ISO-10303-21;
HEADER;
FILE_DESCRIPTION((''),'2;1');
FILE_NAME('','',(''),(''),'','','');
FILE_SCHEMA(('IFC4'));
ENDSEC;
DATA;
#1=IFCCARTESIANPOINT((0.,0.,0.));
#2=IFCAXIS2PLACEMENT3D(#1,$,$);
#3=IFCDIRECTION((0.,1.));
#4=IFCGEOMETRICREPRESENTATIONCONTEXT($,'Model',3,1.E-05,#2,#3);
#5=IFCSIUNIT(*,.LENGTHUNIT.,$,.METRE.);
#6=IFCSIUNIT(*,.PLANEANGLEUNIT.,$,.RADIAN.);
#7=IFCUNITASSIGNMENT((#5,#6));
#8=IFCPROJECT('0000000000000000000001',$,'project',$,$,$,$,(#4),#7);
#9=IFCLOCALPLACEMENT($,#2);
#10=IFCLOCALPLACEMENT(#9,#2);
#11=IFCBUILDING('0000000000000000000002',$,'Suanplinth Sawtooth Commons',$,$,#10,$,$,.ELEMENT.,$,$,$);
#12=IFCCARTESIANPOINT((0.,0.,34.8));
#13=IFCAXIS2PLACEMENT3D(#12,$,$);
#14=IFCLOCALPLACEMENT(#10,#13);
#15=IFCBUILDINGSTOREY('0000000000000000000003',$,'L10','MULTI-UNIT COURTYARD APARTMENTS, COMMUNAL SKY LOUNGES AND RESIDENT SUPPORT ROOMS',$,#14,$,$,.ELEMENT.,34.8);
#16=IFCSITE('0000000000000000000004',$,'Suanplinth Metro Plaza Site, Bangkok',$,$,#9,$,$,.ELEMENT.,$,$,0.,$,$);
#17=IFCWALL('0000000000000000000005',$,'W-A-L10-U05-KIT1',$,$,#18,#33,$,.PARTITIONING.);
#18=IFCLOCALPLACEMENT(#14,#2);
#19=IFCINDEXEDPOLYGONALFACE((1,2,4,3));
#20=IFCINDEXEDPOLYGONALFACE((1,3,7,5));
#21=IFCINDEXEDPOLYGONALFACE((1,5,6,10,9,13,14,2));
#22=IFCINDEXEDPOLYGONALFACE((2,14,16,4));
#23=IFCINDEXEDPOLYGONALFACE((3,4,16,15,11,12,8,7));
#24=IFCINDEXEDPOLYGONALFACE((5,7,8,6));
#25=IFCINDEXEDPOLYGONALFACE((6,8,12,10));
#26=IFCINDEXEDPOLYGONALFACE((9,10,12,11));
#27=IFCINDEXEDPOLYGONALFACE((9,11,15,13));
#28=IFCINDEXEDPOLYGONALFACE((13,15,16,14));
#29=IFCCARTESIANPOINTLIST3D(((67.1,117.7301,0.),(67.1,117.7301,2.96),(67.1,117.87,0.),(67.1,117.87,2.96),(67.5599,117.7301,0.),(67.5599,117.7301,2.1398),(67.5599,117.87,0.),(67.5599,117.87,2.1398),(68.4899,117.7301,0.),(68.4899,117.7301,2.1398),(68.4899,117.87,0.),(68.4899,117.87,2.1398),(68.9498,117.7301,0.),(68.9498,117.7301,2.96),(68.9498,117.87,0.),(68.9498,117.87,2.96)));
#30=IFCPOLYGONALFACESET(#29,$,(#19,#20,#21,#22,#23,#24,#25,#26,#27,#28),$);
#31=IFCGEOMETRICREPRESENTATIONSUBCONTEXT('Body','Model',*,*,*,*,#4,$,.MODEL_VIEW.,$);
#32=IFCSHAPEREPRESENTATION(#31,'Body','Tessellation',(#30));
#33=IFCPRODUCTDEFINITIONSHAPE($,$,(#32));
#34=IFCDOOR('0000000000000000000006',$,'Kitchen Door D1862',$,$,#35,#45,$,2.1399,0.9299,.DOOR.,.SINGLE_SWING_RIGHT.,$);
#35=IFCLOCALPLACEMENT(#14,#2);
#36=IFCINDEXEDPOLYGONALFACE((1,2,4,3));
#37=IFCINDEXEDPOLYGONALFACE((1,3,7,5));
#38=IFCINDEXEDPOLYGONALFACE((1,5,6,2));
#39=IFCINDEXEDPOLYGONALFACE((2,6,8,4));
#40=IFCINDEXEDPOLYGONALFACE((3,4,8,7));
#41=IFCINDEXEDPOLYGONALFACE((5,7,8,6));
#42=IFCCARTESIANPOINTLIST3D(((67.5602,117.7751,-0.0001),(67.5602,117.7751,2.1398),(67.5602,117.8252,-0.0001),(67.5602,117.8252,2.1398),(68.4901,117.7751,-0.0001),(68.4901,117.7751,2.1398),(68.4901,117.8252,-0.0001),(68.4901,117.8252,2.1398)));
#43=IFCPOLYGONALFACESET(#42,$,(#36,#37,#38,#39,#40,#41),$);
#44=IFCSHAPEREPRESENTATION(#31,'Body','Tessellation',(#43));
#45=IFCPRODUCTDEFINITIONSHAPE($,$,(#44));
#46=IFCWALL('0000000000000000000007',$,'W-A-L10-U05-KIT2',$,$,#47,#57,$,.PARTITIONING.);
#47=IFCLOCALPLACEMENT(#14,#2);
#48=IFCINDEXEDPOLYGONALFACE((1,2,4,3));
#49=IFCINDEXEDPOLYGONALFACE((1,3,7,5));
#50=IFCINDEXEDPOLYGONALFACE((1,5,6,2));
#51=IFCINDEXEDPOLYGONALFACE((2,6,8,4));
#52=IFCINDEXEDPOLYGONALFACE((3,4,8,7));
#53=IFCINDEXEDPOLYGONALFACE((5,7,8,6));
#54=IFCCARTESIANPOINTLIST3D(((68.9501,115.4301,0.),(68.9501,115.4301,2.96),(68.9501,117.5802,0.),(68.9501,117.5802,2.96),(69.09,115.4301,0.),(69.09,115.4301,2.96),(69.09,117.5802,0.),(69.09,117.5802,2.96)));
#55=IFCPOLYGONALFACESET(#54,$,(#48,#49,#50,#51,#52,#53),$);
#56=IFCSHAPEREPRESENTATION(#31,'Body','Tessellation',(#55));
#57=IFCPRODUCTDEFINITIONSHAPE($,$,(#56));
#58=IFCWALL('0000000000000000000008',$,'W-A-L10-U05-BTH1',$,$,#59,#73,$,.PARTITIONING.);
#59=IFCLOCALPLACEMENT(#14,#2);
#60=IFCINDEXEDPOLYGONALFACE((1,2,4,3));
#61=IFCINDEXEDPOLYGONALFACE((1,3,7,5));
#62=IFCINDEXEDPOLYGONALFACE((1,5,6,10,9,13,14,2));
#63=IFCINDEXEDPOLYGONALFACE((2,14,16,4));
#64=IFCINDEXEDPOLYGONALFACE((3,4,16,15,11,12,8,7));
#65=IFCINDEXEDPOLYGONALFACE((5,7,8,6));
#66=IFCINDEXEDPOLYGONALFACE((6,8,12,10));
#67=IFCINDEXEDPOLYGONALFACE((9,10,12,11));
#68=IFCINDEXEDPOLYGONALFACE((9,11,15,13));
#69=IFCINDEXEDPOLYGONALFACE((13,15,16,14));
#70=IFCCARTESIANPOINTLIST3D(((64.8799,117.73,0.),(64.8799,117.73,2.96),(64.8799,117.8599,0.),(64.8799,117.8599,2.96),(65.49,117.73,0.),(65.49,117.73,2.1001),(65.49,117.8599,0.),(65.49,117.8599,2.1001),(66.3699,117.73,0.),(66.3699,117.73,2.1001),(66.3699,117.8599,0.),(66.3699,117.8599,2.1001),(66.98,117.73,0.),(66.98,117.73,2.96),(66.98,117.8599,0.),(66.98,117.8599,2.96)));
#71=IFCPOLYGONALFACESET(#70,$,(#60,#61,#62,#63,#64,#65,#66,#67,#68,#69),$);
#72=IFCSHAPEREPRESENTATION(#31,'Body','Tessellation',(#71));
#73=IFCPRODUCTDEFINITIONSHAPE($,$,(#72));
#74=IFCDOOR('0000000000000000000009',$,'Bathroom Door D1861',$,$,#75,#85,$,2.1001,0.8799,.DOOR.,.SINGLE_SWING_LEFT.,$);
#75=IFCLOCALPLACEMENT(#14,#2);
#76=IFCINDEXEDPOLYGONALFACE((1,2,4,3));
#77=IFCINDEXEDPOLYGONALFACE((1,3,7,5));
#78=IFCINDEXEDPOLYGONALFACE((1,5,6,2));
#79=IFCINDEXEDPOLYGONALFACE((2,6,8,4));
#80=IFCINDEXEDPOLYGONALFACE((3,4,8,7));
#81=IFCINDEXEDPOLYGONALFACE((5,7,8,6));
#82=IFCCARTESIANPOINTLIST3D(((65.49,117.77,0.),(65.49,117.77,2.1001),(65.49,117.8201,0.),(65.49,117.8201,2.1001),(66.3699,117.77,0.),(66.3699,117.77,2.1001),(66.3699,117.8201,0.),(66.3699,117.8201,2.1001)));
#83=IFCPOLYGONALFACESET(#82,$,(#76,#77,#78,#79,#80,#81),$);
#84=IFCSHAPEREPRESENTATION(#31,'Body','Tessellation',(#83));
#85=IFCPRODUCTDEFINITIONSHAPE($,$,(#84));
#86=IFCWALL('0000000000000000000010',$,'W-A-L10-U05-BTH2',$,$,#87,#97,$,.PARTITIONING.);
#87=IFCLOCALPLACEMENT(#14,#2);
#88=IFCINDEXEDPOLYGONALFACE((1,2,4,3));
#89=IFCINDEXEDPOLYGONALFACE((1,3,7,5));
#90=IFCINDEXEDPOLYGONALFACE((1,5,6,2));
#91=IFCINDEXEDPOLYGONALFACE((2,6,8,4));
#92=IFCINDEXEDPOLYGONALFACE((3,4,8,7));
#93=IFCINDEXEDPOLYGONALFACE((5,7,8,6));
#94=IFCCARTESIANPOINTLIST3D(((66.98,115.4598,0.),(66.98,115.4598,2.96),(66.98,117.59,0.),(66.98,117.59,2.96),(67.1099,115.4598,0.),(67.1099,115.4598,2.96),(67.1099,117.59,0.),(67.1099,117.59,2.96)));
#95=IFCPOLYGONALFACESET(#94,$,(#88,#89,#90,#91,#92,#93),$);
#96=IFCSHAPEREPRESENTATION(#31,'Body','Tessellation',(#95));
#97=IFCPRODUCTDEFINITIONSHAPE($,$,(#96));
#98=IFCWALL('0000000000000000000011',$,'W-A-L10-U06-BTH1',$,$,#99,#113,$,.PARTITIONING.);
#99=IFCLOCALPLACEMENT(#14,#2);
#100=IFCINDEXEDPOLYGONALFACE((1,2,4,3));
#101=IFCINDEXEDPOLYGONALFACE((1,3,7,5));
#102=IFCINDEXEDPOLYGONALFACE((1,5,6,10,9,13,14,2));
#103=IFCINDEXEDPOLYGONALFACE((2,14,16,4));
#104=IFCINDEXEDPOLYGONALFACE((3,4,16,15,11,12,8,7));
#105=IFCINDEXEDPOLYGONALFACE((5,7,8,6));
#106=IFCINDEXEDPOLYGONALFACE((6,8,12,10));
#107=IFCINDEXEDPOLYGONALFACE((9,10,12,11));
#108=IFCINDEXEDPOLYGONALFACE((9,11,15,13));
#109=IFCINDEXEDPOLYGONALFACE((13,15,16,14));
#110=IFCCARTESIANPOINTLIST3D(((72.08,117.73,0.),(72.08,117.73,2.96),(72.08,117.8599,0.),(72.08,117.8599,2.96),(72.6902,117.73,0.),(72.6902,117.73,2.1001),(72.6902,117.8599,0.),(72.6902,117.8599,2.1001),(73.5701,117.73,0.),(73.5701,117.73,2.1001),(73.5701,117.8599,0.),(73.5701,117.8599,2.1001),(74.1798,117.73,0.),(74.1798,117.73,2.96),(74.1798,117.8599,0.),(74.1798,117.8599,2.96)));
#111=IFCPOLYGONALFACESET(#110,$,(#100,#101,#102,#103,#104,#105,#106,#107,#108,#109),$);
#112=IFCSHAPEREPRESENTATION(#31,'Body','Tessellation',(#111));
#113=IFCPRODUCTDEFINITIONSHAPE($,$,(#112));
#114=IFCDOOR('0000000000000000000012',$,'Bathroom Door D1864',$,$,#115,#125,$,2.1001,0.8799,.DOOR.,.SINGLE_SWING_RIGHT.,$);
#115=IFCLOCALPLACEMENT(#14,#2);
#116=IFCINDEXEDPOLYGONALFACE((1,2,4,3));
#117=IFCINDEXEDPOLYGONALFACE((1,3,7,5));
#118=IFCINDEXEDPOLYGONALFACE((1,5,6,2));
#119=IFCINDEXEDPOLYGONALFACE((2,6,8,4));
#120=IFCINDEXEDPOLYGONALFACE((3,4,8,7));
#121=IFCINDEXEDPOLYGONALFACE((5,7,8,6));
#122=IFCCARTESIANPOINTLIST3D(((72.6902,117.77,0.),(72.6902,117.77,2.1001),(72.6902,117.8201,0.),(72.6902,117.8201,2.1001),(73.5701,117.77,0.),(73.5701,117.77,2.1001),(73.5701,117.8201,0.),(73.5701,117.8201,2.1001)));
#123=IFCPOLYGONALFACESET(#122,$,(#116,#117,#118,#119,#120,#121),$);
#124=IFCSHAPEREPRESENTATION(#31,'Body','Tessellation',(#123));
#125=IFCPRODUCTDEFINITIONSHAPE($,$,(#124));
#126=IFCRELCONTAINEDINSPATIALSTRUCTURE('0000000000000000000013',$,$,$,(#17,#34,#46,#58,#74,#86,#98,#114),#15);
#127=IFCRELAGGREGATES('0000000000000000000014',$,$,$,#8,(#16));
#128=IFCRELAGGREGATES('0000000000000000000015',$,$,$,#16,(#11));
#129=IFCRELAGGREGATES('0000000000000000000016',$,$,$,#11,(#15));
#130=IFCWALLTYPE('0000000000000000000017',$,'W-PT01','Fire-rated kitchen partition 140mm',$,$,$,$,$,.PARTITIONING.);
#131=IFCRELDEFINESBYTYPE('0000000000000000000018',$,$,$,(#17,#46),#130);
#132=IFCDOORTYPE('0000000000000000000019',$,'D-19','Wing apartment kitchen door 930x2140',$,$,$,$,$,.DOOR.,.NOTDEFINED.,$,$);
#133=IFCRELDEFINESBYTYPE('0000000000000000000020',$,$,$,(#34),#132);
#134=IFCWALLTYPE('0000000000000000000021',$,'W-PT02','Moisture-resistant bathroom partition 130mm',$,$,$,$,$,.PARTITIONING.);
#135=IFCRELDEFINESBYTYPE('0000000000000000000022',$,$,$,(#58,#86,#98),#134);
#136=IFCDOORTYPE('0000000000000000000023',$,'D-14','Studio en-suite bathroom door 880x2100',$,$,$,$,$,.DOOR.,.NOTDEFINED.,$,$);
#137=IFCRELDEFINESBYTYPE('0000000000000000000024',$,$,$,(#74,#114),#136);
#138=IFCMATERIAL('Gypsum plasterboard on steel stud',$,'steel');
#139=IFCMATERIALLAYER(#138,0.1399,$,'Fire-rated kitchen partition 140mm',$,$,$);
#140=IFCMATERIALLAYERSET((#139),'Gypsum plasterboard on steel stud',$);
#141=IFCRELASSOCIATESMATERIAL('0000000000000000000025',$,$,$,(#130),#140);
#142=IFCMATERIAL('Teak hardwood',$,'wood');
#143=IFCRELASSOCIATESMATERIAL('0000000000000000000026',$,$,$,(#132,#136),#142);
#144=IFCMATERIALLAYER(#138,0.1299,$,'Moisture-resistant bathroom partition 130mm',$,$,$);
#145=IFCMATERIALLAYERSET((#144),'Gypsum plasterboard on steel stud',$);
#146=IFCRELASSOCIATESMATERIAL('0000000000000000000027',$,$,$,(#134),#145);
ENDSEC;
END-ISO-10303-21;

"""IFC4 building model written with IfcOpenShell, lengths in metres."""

from ifc_helpers import new_model, si_unit, direction, frame, frame_2d, origin, place, context, subcontext, project, spatial, rectangle, extrude, material, layer, layer_set, type_object, element, fill, save


model = new_model("IFC4")

# Units and contexts
model_context = context("Model", 3, precision=1e-05, world=origin(), true_north=direction((0.0, 1.0)))
body_context = subcontext(model_context, "Body", "Model", "MODEL_VIEW")
ifc_project = project(units=[si_unit("LENGTHUNIT", "METRE"), si_unit("PLANEANGLEUNIT", "RADIAN")], contexts=[model_context])

# Site, building, storey
site_placement = place(None, origin())
site = spatial("IfcSite", under=ifc_project, at=site_placement, Name="Suanplinth Metro Plaza Site, Bangkok", CompositionType="ELEMENT", RefElevation=0.0)
building_placement = place(site_placement, origin())
building = spatial("IfcBuilding", under=site, at=building_placement, Name="Suanplinth Sawtooth Commons", CompositionType="ELEMENT")
storey_placement = place(building_placement, frame((0.0, 0.0, 34.8)))
storey = spatial("IfcBuildingStorey", under=building, at=storey_placement, Name="L10", Description="MULTI-UNIT COURTYARD APARTMENTS, COMMUNAL SKY LOUNGES AND RESIDENT SUPPORT ROOMS", CompositionType="ELEMENT", Elevation=34.8)

# Wall, opening, door
ifc_material_1 = material(Name="Gypsum plasterboard on steel stud", Category="steel")
ifc_layer_1 = layer(ifc_material_1, 0.1399, Name="Fire-rated kitchen partition 140mm")
ifc_layer_set_1 = layer_set([ifc_layer_1], Name="Gypsum plasterboard on steel stud")
wall_type_1 = type_object("IfcWallType", Name="W-PT01", Description="Fire-rated kitchen partition 140mm", PredefinedType="PARTITIONING", material=ifc_layer_set_1)
wall_1_placement = place(storey_placement, frame((67.1001, 117.8, 0.0), z_axis=(0.0, 0.0, 1.0), x_axis=(1.0, 0.0, 0.0)))
wall_1 = element("IfcWall", 1, at=wall_1_placement, inside=storey, type_object=wall_type_1, Name="W-A-L10-U05-KIT1", PredefinedType="PARTITIONING", context=body_context, shape_type="SweptSolid", body=[
    extrude(rectangle(XDim=1.8499, YDim=0.1399, at=frame_2d((0.9248, 0.0))), origin(), (0.0, 0.0, 1.0), 2.96),
])
opening_1_placement = place(wall_1_placement, frame((0.46, 0.0, 0.0)))
opening_1 = element("IfcOpeningElement", 2, at=opening_1_placement, cuts=wall_1, PredefinedType="OPENING", context=body_context, shape_type="SweptSolid", body=[
    extrude(rectangle(XDim=0.9299, YDim=2.1399, at=frame_2d((0.4648, 1.0698))), frame((0.0, 0.085, 0.0), z_axis=(0.0, -1.0, 0.0), x_axis=(1.0, 0.0, 0.0)), (0.0, 0.0, 1.0), 0.1697),
])
ifc_material_2 = material(Name="Teak hardwood", Category="wood")
door_type_1 = type_object("IfcDoorType", Name="D-19", Description="Wing apartment kitchen door 930x2140", OperationType="NOTDEFINED", PredefinedType="DOOR", material=ifc_material_2)
door_1_placement = place(opening_1_placement, frame((0.9299, 0.0, 0.0), z_axis=(0.0, 0.0, 1.0), x_axis=(-1.0, 0.0, 0.0)))
door_1 = element("IfcDoor", 3, at=door_1_placement, inside=storey, type_object=door_type_1, Name="Kitchen Door D1862", OperationType="SINGLE_SWING_RIGHT", OverallHeight=2.1399, OverallWidth=0.9299, PredefinedType="DOOR", context=body_context, shape_type="SweptSolid", body=[
    extrude(rectangle(XDim=0.9299, YDim=2.1399, at=frame_2d((0.4648, 1.0698))), frame((0.0, 0.0249, 0.0), z_axis=(0.0, -1.0, 0.0), x_axis=(1.0, 0.0, 0.0)), (0.0, 0.0, 1.0), 0.05),
])
fill(opening_1, door_1)

# Wall
wall_2_placement = place(storey_placement, frame((69.02, 115.4299, 0.0), z_axis=(0.0, 0.0, 1.0), x_axis=(0.0, 1.0, 0.0)))
element("IfcWall", 4, at=wall_2_placement, inside=storey, type_object=wall_type_1, Name="W-A-L10-U05-KIT2", PredefinedType="PARTITIONING", context=body_context, shape_type="SweptSolid", body=[
    extrude(rectangle(XDim=2.1501, YDim=0.1399, at=frame_2d((1.0752, 0.0))), origin(), (0.0, 0.0, 1.0), 2.96),
])

# Wall, opening, door
ifc_layer_2 = layer(ifc_material_1, 0.1299, Name="Moisture-resistant bathroom partition 130mm")
ifc_layer_set_2 = layer_set([ifc_layer_2], Name="Gypsum plasterboard on steel stud")
wall_type_2 = type_object("IfcWallType", Name="W-PT02", Description="Moisture-resistant bathroom partition 130mm", PredefinedType="PARTITIONING", material=ifc_layer_set_2)
wall_3_placement = place(storey_placement, frame((64.8799, 117.7949, 0.0), z_axis=(0.0, 0.0, 1.0), x_axis=(1.0, 0.0, 0.0)))
wall_3 = element("IfcWall", 5, at=wall_3_placement, inside=storey, type_object=wall_type_2, Name="W-A-L10-U05-BTH1", PredefinedType="PARTITIONING", context=body_context, shape_type="SweptSolid", body=[
    extrude(rectangle(XDim=2.1001, YDim=0.1299, at=frame_2d((1.05, 0.0))), origin(), (0.0, 0.0, 1.0), 2.96),
])
opening_2_placement = place(wall_3_placement, frame((0.6101, 0.0, 0.0)))
opening_2 = element("IfcOpeningElement", 6, at=opening_2_placement, cuts=wall_3, PredefinedType="OPENING", context=body_context, shape_type="SweptSolid", body=[
    extrude(rectangle(XDim=0.8799, YDim=2.1001, at=frame_2d((0.4399, 1.05))), frame((0.0, 0.0798, 0.0), z_axis=(0.0, -1.0, 0.0), x_axis=(1.0, 0.0, 0.0)), (0.0, 0.0, 1.0), 0.1597),
])
door_type_2 = type_object("IfcDoorType", Name="D-14", Description="Studio en-suite bathroom door 880x2100", OperationType="NOTDEFINED", PredefinedType="DOOR", material=ifc_material_2)
door_2_placement = place(opening_2_placement, frame((0.8799, 0.0, 0.0), z_axis=(0.0, 0.0, 1.0), x_axis=(-1.0, 0.0, 0.0)))
door_2 = element("IfcDoor", 7, at=door_2_placement, inside=storey, type_object=door_type_2, Name="Bathroom Door D1861", OperationType="SINGLE_SWING_LEFT", OverallHeight=2.1001, OverallWidth=0.8799, PredefinedType="DOOR", context=body_context, shape_type="SweptSolid", body=[
    extrude(rectangle(XDim=0.8799, YDim=2.1001, at=frame_2d((0.4399, 1.05))), frame((0.0, 0.0249, 0.0), z_axis=(0.0, -1.0, 0.0), x_axis=(1.0, 0.0, 0.0)), (0.0, 0.0, 1.0), 0.05),
])
fill(opening_2, door_2)

# Wall
wall_4_placement = place(storey_placement, frame((67.0449, 115.46, 0.0), z_axis=(0.0, 0.0, 1.0), x_axis=(0.0, 1.0, 0.0)))
element("IfcWall", 8, at=wall_4_placement, inside=storey, type_object=wall_type_2, Name="W-A-L10-U05-BTH2", PredefinedType="PARTITIONING", context=body_context, shape_type="SweptSolid", body=[
    extrude(rectangle(XDim=2.1301, YDim=0.1299, at=frame_2d((1.0649, 0.0))), origin(), (0.0, 0.0, 1.0), 2.96),
])

# Wall, opening, door
wall_5_placement = place(storey_placement, frame((72.0801, 117.7949, 0.0), z_axis=(0.0, 0.0, 1.0), x_axis=(1.0, 0.0, 0.0)))
wall_5 = element("IfcWall", 9, at=wall_5_placement, inside=storey, type_object=wall_type_2, Name="W-A-L10-U06-BTH1", PredefinedType="PARTITIONING", context=body_context, shape_type="SweptSolid", body=[
    extrude(rectangle(XDim=2.0999, YDim=0.1299, at=frame_2d((1.0498, 0.0))), origin(), (0.0, 0.0, 1.0), 2.96),
])
opening_3_placement = place(wall_5_placement, frame((0.6101, 0.0, 0.0)))
opening_3 = element("IfcOpeningElement", 10, at=opening_3_placement, cuts=wall_5, PredefinedType="OPENING", context=body_context, shape_type="SweptSolid", body=[
    extrude(rectangle(XDim=0.8799, YDim=2.1001, at=frame_2d((0.4399, 1.05))), frame((0.0, 0.0798, 0.0), z_axis=(0.0, -1.0, 0.0), x_axis=(1.0, 0.0, 0.0)), (0.0, 0.0, 1.0), 0.1597),
])
door_3_placement = place(opening_3_placement, frame((0.8799, 0.0, 0.0), z_axis=(0.0, 0.0, 1.0), x_axis=(-1.0, 0.0, 0.0)))
door_3 = element("IfcDoor", 11, at=door_3_placement, inside=storey, type_object=door_type_2, Name="Bathroom Door D1864", OperationType="SINGLE_SWING_RIGHT", OverallHeight=2.1001, OverallWidth=0.8799, PredefinedType="DOOR", context=body_context, shape_type="SweptSolid", body=[
    extrude(rectangle(XDim=0.8799, YDim=2.1001, at=frame_2d((0.4399, 1.05))), frame((0.0, 0.0249, 0.0), z_axis=(0.0, -1.0, 0.0), x_axis=(1.0, 0.0, 0.0)), (0.0, 0.0, 1.0), 0.05),
])
fill(opening_3, door_3)

save(model, "model.ifc")
